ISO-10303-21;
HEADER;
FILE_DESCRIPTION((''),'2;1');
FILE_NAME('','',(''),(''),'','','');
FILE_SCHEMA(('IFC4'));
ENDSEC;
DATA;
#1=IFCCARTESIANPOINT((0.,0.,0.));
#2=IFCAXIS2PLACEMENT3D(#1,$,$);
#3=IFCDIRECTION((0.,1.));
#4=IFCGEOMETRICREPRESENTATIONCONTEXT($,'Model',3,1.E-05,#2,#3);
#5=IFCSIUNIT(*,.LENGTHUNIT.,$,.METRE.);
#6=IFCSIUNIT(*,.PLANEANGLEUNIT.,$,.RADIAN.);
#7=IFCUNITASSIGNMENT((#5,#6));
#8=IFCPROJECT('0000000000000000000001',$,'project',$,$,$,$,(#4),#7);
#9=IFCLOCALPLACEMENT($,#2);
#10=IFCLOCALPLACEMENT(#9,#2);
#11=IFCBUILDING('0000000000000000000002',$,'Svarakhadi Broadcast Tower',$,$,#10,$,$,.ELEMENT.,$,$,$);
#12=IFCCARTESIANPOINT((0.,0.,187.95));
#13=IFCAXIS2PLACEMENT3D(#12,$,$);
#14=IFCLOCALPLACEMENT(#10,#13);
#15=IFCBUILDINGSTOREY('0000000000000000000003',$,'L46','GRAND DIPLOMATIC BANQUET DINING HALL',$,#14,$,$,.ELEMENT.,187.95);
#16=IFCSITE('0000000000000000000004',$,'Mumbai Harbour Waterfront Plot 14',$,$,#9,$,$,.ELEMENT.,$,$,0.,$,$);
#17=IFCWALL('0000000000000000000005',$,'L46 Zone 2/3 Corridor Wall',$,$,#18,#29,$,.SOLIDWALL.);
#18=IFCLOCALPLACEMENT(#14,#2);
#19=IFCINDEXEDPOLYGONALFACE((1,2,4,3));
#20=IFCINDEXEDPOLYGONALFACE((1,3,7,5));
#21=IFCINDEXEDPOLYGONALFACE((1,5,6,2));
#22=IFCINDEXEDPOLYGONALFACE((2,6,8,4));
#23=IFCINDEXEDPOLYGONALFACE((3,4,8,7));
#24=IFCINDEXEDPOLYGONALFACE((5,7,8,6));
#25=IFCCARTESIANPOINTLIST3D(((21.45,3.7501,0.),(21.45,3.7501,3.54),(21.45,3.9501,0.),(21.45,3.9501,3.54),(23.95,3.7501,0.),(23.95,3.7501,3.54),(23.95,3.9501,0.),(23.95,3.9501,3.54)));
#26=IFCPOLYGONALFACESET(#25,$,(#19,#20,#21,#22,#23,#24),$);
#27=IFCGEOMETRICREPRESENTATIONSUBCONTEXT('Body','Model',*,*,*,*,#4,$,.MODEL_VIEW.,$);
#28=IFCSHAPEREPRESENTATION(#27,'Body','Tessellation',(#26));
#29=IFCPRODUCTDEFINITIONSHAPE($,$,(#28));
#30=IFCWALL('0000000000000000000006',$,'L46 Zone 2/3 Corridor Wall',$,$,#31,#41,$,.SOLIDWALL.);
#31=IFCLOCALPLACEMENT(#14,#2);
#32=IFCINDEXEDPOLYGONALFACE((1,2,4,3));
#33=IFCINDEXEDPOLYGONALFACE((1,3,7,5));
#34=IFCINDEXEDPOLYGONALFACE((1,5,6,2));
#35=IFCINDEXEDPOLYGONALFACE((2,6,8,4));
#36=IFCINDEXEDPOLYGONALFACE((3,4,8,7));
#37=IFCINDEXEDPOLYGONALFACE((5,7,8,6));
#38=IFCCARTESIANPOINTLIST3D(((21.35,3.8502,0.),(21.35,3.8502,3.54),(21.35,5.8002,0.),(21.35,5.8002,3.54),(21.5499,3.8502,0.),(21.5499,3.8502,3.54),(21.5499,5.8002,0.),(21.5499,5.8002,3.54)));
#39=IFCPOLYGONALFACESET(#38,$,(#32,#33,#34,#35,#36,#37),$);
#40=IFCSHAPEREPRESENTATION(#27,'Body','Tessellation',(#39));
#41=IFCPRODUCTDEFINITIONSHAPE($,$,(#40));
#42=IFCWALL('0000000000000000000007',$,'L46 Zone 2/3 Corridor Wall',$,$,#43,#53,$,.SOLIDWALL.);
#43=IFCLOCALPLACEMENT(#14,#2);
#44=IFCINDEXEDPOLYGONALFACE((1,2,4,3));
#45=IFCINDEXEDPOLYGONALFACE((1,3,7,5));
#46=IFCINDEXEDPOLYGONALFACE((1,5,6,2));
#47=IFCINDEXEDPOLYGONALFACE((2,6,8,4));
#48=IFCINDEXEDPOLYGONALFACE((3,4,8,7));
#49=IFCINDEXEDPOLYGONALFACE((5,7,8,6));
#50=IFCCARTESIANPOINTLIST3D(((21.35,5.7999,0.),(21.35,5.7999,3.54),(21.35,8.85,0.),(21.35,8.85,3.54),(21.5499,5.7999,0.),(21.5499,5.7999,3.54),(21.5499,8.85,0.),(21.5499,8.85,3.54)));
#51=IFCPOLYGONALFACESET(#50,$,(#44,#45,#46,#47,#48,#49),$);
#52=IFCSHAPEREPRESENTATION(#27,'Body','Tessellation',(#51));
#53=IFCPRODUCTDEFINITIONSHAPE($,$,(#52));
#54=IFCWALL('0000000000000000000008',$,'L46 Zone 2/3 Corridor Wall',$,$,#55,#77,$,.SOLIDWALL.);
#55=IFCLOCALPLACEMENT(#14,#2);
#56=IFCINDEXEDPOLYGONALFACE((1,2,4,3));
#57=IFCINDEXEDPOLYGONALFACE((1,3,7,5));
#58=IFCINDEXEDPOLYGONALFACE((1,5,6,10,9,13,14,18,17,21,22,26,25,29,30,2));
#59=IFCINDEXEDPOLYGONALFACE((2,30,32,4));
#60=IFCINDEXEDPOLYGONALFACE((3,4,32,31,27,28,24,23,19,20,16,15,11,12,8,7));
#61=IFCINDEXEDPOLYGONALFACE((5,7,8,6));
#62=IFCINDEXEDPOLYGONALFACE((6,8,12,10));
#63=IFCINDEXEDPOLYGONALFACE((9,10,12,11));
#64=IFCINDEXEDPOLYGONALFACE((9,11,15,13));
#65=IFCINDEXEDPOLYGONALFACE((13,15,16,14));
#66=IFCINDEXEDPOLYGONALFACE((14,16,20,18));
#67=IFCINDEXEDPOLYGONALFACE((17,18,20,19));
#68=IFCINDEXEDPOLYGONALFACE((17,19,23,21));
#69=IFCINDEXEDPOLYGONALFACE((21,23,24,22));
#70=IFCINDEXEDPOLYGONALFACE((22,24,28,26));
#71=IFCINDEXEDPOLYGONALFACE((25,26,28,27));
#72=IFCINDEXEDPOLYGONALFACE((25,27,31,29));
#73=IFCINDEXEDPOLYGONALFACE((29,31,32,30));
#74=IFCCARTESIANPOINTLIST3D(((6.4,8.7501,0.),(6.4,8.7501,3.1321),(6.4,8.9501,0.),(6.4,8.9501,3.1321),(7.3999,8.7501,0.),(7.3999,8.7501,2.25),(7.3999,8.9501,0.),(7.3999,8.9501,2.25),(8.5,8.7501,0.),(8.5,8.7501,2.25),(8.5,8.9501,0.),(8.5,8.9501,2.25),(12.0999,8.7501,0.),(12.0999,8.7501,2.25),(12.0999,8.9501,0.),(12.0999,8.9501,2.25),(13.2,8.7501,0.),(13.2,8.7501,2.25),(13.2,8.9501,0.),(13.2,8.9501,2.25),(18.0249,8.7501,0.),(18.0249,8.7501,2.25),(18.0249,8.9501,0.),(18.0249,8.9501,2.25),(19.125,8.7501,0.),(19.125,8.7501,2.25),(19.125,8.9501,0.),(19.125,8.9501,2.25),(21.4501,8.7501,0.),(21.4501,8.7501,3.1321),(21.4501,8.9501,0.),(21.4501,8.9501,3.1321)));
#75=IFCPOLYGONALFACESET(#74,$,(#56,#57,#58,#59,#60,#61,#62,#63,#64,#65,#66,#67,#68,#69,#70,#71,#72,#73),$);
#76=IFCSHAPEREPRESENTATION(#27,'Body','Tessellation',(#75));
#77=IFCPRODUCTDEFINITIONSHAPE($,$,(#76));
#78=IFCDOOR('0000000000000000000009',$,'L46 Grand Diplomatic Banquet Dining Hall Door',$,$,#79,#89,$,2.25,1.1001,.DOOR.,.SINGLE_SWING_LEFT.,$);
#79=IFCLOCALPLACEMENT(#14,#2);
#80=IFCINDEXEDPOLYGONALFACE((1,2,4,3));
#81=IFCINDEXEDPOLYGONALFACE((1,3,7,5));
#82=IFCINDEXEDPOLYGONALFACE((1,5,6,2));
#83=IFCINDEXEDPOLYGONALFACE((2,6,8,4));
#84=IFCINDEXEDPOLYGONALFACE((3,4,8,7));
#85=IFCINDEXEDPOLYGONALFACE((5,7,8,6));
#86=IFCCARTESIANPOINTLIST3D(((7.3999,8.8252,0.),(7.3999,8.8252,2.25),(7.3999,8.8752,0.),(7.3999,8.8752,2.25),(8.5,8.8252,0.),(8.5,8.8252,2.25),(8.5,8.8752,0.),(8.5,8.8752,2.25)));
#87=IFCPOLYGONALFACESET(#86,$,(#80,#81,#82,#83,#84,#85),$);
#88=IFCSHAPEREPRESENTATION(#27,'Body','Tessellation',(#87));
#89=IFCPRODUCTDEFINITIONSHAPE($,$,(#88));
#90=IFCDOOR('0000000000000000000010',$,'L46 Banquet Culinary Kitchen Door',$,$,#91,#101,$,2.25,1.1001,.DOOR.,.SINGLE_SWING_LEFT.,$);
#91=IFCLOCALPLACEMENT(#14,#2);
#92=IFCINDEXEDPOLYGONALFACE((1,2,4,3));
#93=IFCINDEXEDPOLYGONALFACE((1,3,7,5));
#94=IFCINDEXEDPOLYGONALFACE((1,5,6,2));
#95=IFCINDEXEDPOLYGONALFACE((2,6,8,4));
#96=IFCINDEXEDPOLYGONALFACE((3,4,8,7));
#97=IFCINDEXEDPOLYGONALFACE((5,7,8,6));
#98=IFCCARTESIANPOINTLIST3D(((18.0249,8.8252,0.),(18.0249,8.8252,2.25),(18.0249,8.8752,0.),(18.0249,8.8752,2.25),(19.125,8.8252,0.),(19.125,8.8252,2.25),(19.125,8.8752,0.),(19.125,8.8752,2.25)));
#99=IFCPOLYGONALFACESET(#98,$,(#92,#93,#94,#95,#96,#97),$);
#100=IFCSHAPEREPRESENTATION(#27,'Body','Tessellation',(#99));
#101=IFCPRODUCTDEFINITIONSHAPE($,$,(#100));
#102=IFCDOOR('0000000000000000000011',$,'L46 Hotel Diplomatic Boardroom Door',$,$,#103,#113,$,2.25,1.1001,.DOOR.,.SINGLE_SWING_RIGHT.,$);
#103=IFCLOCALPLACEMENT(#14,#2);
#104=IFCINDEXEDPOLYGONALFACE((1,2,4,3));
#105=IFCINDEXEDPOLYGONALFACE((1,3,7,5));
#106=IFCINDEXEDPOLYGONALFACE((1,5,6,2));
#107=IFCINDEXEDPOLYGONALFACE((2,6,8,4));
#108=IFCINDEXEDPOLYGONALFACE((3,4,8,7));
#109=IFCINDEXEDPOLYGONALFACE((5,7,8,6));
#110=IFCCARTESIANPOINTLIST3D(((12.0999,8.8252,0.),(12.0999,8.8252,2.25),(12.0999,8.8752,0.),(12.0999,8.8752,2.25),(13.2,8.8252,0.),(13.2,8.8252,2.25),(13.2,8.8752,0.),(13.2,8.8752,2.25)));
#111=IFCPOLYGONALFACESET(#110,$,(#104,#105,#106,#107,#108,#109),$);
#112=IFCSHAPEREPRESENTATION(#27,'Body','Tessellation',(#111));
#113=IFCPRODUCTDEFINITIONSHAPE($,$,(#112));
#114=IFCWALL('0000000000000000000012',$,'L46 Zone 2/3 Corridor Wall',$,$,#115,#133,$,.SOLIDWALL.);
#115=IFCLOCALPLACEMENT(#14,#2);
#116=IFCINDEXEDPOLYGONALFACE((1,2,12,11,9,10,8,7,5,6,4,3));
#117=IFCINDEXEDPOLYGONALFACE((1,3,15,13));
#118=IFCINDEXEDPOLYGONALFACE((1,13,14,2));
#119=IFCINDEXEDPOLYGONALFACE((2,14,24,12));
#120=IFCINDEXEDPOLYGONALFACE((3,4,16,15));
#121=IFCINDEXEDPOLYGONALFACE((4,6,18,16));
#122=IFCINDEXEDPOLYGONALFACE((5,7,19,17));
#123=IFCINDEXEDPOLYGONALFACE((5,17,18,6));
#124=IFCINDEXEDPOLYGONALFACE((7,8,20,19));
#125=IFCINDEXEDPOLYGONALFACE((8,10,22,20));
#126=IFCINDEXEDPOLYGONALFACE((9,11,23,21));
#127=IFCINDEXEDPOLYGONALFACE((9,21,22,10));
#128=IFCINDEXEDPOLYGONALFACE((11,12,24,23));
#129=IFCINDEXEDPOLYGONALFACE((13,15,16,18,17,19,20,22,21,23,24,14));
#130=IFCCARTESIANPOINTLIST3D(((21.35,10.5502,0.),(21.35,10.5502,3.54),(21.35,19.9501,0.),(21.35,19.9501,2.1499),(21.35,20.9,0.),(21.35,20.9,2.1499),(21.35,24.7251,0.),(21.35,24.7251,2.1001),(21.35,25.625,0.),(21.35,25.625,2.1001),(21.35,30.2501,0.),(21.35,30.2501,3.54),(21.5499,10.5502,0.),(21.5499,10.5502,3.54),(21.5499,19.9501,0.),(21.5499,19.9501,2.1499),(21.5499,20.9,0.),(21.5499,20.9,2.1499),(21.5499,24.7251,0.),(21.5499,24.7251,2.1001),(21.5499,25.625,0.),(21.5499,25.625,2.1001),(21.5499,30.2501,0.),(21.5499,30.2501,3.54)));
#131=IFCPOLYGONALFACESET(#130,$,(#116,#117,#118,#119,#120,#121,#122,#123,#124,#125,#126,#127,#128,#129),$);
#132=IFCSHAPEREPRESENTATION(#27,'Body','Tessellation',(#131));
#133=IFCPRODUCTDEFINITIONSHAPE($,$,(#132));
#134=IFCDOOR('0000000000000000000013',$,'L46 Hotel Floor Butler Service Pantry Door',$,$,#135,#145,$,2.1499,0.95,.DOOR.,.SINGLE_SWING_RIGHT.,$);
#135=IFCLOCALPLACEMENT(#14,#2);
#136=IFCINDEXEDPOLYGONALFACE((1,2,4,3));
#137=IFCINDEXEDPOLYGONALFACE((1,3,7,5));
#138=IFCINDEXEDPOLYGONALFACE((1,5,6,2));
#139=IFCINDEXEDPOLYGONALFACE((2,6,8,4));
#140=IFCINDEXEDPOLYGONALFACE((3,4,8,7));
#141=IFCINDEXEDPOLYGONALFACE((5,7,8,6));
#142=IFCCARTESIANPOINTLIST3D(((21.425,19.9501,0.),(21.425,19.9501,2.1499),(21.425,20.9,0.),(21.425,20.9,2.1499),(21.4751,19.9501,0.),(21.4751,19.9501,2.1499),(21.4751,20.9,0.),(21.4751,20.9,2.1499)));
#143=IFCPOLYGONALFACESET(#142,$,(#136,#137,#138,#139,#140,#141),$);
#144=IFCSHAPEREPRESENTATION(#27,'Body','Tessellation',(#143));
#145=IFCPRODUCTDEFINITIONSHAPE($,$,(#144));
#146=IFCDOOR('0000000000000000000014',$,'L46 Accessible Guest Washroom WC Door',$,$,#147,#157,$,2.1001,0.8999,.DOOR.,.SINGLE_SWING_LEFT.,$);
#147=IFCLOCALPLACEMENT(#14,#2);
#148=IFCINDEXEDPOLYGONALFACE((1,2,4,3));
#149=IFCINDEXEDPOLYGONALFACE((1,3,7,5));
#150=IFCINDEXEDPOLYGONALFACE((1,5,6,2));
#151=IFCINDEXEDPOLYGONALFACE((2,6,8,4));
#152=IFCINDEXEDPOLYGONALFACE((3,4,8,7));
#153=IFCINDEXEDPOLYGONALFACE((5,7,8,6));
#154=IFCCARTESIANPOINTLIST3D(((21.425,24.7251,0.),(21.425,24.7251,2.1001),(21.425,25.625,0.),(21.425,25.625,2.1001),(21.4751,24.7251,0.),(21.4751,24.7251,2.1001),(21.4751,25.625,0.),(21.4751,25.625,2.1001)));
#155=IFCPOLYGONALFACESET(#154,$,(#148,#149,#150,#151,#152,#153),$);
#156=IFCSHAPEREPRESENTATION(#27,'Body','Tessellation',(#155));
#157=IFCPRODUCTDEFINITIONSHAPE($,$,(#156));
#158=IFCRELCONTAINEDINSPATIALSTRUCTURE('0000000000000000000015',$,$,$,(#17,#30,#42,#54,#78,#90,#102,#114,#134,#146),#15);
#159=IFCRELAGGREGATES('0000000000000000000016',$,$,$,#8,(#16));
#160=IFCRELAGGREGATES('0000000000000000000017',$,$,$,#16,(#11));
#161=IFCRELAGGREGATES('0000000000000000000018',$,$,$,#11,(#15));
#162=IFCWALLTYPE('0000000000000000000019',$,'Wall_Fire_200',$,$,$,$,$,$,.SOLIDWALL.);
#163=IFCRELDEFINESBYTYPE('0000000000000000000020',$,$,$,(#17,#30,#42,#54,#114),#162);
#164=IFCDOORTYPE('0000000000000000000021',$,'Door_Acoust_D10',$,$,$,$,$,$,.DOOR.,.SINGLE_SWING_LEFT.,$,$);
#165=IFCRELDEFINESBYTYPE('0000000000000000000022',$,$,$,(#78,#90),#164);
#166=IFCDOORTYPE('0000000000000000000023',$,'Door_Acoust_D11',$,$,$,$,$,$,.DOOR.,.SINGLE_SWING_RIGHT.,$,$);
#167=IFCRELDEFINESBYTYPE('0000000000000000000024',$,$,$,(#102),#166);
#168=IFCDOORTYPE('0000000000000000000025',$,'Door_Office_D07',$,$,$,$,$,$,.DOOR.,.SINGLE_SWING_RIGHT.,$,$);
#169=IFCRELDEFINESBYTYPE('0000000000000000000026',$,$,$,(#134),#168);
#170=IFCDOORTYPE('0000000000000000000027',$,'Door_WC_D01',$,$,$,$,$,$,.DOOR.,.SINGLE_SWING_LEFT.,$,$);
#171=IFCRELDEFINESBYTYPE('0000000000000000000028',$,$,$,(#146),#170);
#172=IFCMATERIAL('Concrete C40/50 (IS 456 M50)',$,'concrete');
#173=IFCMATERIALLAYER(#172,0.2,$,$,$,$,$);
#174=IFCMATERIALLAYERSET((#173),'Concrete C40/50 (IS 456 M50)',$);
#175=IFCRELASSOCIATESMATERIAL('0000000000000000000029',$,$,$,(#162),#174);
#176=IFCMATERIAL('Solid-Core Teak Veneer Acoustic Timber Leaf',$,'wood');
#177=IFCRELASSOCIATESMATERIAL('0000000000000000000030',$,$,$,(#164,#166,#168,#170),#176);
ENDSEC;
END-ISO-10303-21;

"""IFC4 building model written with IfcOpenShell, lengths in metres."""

from ifc_helpers import new_model, si_unit, direction, frame, frame_2d, origin, place, context, subcontext, project, spatial, rectangle, extrude, material, layer, layer_set, type_object, element, fill, save


model = new_model("IFC4")

# Units and contexts
model_context = context("Model", 3, precision=1e-05, world=origin(), true_north=direction((0.0, 1.0)))
body_context = subcontext(model_context, "Body", "Model", "MODEL_VIEW")
ifc_project = project(units=[si_unit("LENGTHUNIT", "METRE"), si_unit("PLANEANGLEUNIT", "RADIAN")], contexts=[model_context])

# Site, building, storey
site_placement = place(None, origin())
site = spatial("IfcSite", under=ifc_project, at=site_placement, Name="Mumbai Harbour Waterfront Plot 14", CompositionType="ELEMENT", RefElevation=0.0)
building_placement = place(site_placement, origin())
building = spatial("IfcBuilding", under=site, at=building_placement, Name="Svarakhadi Broadcast Tower", CompositionType="ELEMENT")
storey_placement = place(building_placement, frame((0.0, 0.0, 187.95)))
storey = spatial("IfcBuildingStorey", under=building, at=storey_placement, Name="L46", Description="GRAND DIPLOMATIC BANQUET DINING HALL", CompositionType="ELEMENT", Elevation=187.95)

# Walls
ifc_material_1 = material(Name="Concrete C40/50 (IS 456 M50)", Category="concrete")
ifc_layer = layer(ifc_material_1, 0.2)
ifc_layer_set = layer_set([ifc_layer], Name="Concrete C40/50 (IS 456 M50)")
wall_type = type_object("IfcWallType", Name="Wall_Fire_200", PredefinedType="SOLIDWALL", material=ifc_layer_set)
wall_1_placement = place(storey_placement, frame((23.95, 3.8501, 0.0), z_axis=(0.0, 0.0, 1.0), x_axis=(-1.0, 0.0, 0.0)))
element("IfcWall", 1, at=wall_1_placement, inside=storey, type_object=wall_type, Name="L46 Zone 2/3 Corridor Wall", PredefinedType="SOLIDWALL", context=body_context, shape_type="SweptSolid", body=[
    extrude(rectangle(XDim=2.5, YDim=0.2, at=frame_2d((1.25, 0.0))), origin(), (0.0, 0.0, 1.0), 3.54),
])
wall_2_placement = place(storey_placement, frame((21.45, 3.8501, 0.0), z_axis=(0.0, 0.0, 1.0), x_axis=(0.0, 1.0, 0.0)))
element("IfcWall", 2, at=wall_2_placement, inside=storey, type_object=wall_type, Name="L46 Zone 2/3 Corridor Wall", PredefinedType="SOLIDWALL", context=body_context, shape_type="SweptSolid", body=[
    extrude(rectangle(XDim=1.95, YDim=0.2, at=frame_2d((0.9751, 0.0))), origin(), (0.0, 0.0, 1.0), 3.54),
])
wall_3_placement = place(storey_placement, frame((21.45, 5.8, 0.0), z_axis=(0.0, 0.0, 1.0), x_axis=(0.0, 1.0, 0.0)))
element("IfcWall", 3, at=wall_3_placement, inside=storey, type_object=wall_type, Name="L46 Zone 2/3 Corridor Wall", PredefinedType="SOLIDWALL", context=body_context, shape_type="SweptSolid", body=[
    extrude(rectangle(XDim=3.05, YDim=0.2, at=frame_2d((1.5249, 0.0))), origin(), (0.0, 0.0, 1.0), 3.54),
])

# Walls, openings, doors
wall_4_placement = place(storey_placement, frame((21.45, 8.8501, 0.0), z_axis=(0.0, 0.0, 1.0), x_axis=(-1.0, 0.0, 0.0)))
wall_4 = element("IfcWall", 4, at=wall_4_placement, inside=storey, type_object=wall_type, Name="L46 Zone 2/3 Corridor Wall", PredefinedType="SOLIDWALL", context=body_context, shape_type="SweptSolid", body=[
    extrude(rectangle(XDim=15.05, YDim=0.2, at=frame_2d((7.5249, 0.0))), origin(), (0.0, 0.0, 1.0), 3.1321),
])
opening_1_placement = place(wall_4_placement, frame((12.95, 0.0, 0.0)))
opening_1 = element("IfcOpeningElement", 5, at=opening_1_placement, cuts=wall_4, PredefinedType="OPENING", context=body_context, shape_type="SweptSolid", body=[
    extrude(rectangle(XDim=1.1001, YDim=2.25, at=frame_2d((0.55, 1.125))), frame((0.0, 0.1099, 0.0), z_axis=(0.0, -1.0, 0.0), x_axis=(1.0, 0.0, 0.0)), (0.0, 0.0, 1.0), 0.22),
])
opening_2_placement = place(wall_4_placement, frame((8.25, 0.0, 0.0)))
opening_2 = element("IfcOpeningElement", 6, at=opening_2_placement, cuts=wall_4, PredefinedType="OPENING", context=body_context, shape_type="SweptSolid", body=[
    extrude(rectangle(XDim=1.1001, YDim=2.25, at=frame_2d((0.55, 1.125))), frame((0.0, 0.1099, 0.0), z_axis=(0.0, -1.0, 0.0), x_axis=(1.0, 0.0, 0.0)), (0.0, 0.0, 1.0), 0.22),
])
opening_3_placement = place(wall_4_placement, frame((2.325, 0.0, 0.0)))
opening_3 = element("IfcOpeningElement", 7, at=opening_3_placement, cuts=wall_4, PredefinedType="OPENING", context=body_context, shape_type="SweptSolid", body=[
    extrude(rectangle(XDim=1.1001, YDim=2.25, at=frame_2d((0.55, 1.125))), frame((0.0, 0.1099, 0.0), z_axis=(0.0, -1.0, 0.0), x_axis=(1.0, 0.0, 0.0)), (0.0, 0.0, 1.0), 0.22),
])
ifc_material_2 = material(Name="Solid-Core Teak Veneer Acoustic Timber Leaf", Category="wood")
door_type_1 = type_object("IfcDoorType", Name="Door_Acoust_D10", OperationType="SINGLE_SWING_LEFT", PredefinedType="DOOR", material=ifc_material_2)
door_1_placement = place(opening_1_placement, origin())
door_1 = element("IfcDoor", 8, at=door_1_placement, inside=storey, type_object=door_type_1, Name="L46 Grand Diplomatic Banquet Dining Hall Door", OperationType="SINGLE_SWING_LEFT", OverallHeight=2.25, OverallWidth=1.1001, PredefinedType="DOOR", context=body_context, shape_type="SweptSolid", body=[
    extrude(rectangle(XDim=1.1001, YDim=2.25, at=frame_2d((0.55, 1.125))), frame((0.0, 0.0249, 0.0), z_axis=(0.0, -1.0, 0.0), x_axis=(1.0, 0.0, 0.0)), (0.0, 0.0, 1.0), 0.05),
])
fill(opening_1, door_1)
door_2_placement = place(opening_3_placement, origin())
door_2 = element("IfcDoor", 9, at=door_2_placement, inside=storey, type_object=door_type_1, Name="L46 Banquet Culinary Kitchen Door", OperationType="SINGLE_SWING_LEFT", OverallHeight=2.25, OverallWidth=1.1001, PredefinedType="DOOR", context=body_context, shape_type="SweptSolid", body=[
    extrude(rectangle(XDim=1.1001, YDim=2.25, at=frame_2d((0.55, 1.125))), frame((0.0, 0.0249, 0.0), z_axis=(0.0, -1.0, 0.0), x_axis=(1.0, 0.0, 0.0)), (0.0, 0.0, 1.0), 0.05),
])
fill(opening_3, door_2)
door_type_2 = type_object("IfcDoorType", Name="Door_Acoust_D11", OperationType="SINGLE_SWING_RIGHT", PredefinedType="DOOR", material=ifc_material_2)
door_3_placement = place(opening_2_placement, origin())
door_3 = element("IfcDoor", 10, at=door_3_placement, inside=storey, type_object=door_type_2, Name="L46 Hotel Diplomatic Boardroom Door", OperationType="SINGLE_SWING_RIGHT", OverallHeight=2.25, OverallWidth=1.1001, PredefinedType="DOOR", context=body_context, shape_type="SweptSolid", body=[
    extrude(rectangle(XDim=1.1001, YDim=2.25, at=frame_2d((0.55, 1.125))), frame((0.0, 0.0249, 0.0), z_axis=(0.0, -1.0, 0.0), x_axis=(1.0, 0.0, 0.0)), (0.0, 0.0, 1.0), 0.05),
])
fill(opening_2, door_3)
wall_5_placement = place(storey_placement, frame((21.45, 10.55, 0.0), z_axis=(0.0, 0.0, 1.0), x_axis=(0.0, 1.0, 0.0)))
wall_5 = element("IfcWall", 11, at=wall_5_placement, inside=storey, type_object=wall_type, Name="L46 Zone 2/3 Corridor Wall", PredefinedType="SOLIDWALL", context=body_context, shape_type="SweptSolid", body=[
    extrude(rectangle(XDim=19.7, YDim=0.2, at=frame_2d((9.8501, 0.0))), origin(), (0.0, 0.0, 1.0), 3.54),
])
opening_4_placement = place(wall_5_placement, frame((9.3999, 0.0, 0.0)))
opening_4 = element("IfcOpeningElement", 12, at=opening_4_placement, cuts=wall_5, PredefinedType="OPENING", context=body_context, shape_type="SweptSolid", body=[
    extrude(rectangle(XDim=0.95, YDim=2.1499, at=frame_2d((0.4751, 1.075))), frame((0.0, 0.1099, 0.0), z_axis=(0.0, -1.0, 0.0), x_axis=(1.0, 0.0, 0.0)), (0.0, 0.0, 1.0), 0.22),
])
opening_5_placement = place(wall_5_placement, frame((14.175, 0.0, 0.0)))
opening_5 = element("IfcOpeningElement", 13, at=opening_5_placement, cuts=wall_5, PredefinedType="OPENING", context=body_context, shape_type="SweptSolid", body=[
    extrude(rectangle(XDim=0.8999, YDim=2.1001, at=frame_2d((0.45, 1.05))), frame((0.0, 0.1099, 0.0), z_axis=(0.0, -1.0, 0.0), x_axis=(1.0, 0.0, 0.0)), (0.0, 0.0, 1.0), 0.22),
])
door_type_3 = type_object("IfcDoorType", Name="Door_Office_D07", OperationType="SINGLE_SWING_RIGHT", PredefinedType="DOOR", material=ifc_material_2)
door_4_placement = place(opening_4_placement, origin())
door_4 = element("IfcDoor", 14, at=door_4_placement, inside=storey, type_object=door_type_3, Name="L46 Hotel Floor Butler Service Pantry Door", OperationType="SINGLE_SWING_RIGHT", OverallHeight=2.1499, OverallWidth=0.95, PredefinedType="DOOR", context=body_context, shape_type="SweptSolid", body=[
    extrude(rectangle(XDim=0.95, YDim=2.1499, at=frame_2d((0.4751, 1.075))), frame((0.0, 0.0249, 0.0), z_axis=(0.0, -1.0, 0.0), x_axis=(1.0, 0.0, 0.0)), (0.0, 0.0, 1.0), 0.05),
])
fill(opening_4, door_4)
door_type_4 = type_object("IfcDoorType", Name="Door_WC_D01", OperationType="SINGLE_SWING_LEFT", PredefinedType="DOOR", material=ifc_material_2)
door_5_placement = place(opening_5_placement, origin())
door_5 = element("IfcDoor", 15, at=door_5_placement, inside=storey, type_object=door_type_4, Name="L46 Accessible Guest Washroom WC Door", OperationType="SINGLE_SWING_LEFT", OverallHeight=2.1001, OverallWidth=0.8999, PredefinedType="DOOR", context=body_context, shape_type="SweptSolid", body=[
    extrude(rectangle(XDim=0.8999, YDim=2.1001, at=frame_2d((0.45, 1.05))), frame((0.0, 0.0249, 0.0), z_axis=(0.0, -1.0, 0.0), x_axis=(1.0, 0.0, 0.0)), (0.0, 0.0, 1.0), 0.05),
])
fill(opening_5, door_5)

save(model, "model.ifc")
